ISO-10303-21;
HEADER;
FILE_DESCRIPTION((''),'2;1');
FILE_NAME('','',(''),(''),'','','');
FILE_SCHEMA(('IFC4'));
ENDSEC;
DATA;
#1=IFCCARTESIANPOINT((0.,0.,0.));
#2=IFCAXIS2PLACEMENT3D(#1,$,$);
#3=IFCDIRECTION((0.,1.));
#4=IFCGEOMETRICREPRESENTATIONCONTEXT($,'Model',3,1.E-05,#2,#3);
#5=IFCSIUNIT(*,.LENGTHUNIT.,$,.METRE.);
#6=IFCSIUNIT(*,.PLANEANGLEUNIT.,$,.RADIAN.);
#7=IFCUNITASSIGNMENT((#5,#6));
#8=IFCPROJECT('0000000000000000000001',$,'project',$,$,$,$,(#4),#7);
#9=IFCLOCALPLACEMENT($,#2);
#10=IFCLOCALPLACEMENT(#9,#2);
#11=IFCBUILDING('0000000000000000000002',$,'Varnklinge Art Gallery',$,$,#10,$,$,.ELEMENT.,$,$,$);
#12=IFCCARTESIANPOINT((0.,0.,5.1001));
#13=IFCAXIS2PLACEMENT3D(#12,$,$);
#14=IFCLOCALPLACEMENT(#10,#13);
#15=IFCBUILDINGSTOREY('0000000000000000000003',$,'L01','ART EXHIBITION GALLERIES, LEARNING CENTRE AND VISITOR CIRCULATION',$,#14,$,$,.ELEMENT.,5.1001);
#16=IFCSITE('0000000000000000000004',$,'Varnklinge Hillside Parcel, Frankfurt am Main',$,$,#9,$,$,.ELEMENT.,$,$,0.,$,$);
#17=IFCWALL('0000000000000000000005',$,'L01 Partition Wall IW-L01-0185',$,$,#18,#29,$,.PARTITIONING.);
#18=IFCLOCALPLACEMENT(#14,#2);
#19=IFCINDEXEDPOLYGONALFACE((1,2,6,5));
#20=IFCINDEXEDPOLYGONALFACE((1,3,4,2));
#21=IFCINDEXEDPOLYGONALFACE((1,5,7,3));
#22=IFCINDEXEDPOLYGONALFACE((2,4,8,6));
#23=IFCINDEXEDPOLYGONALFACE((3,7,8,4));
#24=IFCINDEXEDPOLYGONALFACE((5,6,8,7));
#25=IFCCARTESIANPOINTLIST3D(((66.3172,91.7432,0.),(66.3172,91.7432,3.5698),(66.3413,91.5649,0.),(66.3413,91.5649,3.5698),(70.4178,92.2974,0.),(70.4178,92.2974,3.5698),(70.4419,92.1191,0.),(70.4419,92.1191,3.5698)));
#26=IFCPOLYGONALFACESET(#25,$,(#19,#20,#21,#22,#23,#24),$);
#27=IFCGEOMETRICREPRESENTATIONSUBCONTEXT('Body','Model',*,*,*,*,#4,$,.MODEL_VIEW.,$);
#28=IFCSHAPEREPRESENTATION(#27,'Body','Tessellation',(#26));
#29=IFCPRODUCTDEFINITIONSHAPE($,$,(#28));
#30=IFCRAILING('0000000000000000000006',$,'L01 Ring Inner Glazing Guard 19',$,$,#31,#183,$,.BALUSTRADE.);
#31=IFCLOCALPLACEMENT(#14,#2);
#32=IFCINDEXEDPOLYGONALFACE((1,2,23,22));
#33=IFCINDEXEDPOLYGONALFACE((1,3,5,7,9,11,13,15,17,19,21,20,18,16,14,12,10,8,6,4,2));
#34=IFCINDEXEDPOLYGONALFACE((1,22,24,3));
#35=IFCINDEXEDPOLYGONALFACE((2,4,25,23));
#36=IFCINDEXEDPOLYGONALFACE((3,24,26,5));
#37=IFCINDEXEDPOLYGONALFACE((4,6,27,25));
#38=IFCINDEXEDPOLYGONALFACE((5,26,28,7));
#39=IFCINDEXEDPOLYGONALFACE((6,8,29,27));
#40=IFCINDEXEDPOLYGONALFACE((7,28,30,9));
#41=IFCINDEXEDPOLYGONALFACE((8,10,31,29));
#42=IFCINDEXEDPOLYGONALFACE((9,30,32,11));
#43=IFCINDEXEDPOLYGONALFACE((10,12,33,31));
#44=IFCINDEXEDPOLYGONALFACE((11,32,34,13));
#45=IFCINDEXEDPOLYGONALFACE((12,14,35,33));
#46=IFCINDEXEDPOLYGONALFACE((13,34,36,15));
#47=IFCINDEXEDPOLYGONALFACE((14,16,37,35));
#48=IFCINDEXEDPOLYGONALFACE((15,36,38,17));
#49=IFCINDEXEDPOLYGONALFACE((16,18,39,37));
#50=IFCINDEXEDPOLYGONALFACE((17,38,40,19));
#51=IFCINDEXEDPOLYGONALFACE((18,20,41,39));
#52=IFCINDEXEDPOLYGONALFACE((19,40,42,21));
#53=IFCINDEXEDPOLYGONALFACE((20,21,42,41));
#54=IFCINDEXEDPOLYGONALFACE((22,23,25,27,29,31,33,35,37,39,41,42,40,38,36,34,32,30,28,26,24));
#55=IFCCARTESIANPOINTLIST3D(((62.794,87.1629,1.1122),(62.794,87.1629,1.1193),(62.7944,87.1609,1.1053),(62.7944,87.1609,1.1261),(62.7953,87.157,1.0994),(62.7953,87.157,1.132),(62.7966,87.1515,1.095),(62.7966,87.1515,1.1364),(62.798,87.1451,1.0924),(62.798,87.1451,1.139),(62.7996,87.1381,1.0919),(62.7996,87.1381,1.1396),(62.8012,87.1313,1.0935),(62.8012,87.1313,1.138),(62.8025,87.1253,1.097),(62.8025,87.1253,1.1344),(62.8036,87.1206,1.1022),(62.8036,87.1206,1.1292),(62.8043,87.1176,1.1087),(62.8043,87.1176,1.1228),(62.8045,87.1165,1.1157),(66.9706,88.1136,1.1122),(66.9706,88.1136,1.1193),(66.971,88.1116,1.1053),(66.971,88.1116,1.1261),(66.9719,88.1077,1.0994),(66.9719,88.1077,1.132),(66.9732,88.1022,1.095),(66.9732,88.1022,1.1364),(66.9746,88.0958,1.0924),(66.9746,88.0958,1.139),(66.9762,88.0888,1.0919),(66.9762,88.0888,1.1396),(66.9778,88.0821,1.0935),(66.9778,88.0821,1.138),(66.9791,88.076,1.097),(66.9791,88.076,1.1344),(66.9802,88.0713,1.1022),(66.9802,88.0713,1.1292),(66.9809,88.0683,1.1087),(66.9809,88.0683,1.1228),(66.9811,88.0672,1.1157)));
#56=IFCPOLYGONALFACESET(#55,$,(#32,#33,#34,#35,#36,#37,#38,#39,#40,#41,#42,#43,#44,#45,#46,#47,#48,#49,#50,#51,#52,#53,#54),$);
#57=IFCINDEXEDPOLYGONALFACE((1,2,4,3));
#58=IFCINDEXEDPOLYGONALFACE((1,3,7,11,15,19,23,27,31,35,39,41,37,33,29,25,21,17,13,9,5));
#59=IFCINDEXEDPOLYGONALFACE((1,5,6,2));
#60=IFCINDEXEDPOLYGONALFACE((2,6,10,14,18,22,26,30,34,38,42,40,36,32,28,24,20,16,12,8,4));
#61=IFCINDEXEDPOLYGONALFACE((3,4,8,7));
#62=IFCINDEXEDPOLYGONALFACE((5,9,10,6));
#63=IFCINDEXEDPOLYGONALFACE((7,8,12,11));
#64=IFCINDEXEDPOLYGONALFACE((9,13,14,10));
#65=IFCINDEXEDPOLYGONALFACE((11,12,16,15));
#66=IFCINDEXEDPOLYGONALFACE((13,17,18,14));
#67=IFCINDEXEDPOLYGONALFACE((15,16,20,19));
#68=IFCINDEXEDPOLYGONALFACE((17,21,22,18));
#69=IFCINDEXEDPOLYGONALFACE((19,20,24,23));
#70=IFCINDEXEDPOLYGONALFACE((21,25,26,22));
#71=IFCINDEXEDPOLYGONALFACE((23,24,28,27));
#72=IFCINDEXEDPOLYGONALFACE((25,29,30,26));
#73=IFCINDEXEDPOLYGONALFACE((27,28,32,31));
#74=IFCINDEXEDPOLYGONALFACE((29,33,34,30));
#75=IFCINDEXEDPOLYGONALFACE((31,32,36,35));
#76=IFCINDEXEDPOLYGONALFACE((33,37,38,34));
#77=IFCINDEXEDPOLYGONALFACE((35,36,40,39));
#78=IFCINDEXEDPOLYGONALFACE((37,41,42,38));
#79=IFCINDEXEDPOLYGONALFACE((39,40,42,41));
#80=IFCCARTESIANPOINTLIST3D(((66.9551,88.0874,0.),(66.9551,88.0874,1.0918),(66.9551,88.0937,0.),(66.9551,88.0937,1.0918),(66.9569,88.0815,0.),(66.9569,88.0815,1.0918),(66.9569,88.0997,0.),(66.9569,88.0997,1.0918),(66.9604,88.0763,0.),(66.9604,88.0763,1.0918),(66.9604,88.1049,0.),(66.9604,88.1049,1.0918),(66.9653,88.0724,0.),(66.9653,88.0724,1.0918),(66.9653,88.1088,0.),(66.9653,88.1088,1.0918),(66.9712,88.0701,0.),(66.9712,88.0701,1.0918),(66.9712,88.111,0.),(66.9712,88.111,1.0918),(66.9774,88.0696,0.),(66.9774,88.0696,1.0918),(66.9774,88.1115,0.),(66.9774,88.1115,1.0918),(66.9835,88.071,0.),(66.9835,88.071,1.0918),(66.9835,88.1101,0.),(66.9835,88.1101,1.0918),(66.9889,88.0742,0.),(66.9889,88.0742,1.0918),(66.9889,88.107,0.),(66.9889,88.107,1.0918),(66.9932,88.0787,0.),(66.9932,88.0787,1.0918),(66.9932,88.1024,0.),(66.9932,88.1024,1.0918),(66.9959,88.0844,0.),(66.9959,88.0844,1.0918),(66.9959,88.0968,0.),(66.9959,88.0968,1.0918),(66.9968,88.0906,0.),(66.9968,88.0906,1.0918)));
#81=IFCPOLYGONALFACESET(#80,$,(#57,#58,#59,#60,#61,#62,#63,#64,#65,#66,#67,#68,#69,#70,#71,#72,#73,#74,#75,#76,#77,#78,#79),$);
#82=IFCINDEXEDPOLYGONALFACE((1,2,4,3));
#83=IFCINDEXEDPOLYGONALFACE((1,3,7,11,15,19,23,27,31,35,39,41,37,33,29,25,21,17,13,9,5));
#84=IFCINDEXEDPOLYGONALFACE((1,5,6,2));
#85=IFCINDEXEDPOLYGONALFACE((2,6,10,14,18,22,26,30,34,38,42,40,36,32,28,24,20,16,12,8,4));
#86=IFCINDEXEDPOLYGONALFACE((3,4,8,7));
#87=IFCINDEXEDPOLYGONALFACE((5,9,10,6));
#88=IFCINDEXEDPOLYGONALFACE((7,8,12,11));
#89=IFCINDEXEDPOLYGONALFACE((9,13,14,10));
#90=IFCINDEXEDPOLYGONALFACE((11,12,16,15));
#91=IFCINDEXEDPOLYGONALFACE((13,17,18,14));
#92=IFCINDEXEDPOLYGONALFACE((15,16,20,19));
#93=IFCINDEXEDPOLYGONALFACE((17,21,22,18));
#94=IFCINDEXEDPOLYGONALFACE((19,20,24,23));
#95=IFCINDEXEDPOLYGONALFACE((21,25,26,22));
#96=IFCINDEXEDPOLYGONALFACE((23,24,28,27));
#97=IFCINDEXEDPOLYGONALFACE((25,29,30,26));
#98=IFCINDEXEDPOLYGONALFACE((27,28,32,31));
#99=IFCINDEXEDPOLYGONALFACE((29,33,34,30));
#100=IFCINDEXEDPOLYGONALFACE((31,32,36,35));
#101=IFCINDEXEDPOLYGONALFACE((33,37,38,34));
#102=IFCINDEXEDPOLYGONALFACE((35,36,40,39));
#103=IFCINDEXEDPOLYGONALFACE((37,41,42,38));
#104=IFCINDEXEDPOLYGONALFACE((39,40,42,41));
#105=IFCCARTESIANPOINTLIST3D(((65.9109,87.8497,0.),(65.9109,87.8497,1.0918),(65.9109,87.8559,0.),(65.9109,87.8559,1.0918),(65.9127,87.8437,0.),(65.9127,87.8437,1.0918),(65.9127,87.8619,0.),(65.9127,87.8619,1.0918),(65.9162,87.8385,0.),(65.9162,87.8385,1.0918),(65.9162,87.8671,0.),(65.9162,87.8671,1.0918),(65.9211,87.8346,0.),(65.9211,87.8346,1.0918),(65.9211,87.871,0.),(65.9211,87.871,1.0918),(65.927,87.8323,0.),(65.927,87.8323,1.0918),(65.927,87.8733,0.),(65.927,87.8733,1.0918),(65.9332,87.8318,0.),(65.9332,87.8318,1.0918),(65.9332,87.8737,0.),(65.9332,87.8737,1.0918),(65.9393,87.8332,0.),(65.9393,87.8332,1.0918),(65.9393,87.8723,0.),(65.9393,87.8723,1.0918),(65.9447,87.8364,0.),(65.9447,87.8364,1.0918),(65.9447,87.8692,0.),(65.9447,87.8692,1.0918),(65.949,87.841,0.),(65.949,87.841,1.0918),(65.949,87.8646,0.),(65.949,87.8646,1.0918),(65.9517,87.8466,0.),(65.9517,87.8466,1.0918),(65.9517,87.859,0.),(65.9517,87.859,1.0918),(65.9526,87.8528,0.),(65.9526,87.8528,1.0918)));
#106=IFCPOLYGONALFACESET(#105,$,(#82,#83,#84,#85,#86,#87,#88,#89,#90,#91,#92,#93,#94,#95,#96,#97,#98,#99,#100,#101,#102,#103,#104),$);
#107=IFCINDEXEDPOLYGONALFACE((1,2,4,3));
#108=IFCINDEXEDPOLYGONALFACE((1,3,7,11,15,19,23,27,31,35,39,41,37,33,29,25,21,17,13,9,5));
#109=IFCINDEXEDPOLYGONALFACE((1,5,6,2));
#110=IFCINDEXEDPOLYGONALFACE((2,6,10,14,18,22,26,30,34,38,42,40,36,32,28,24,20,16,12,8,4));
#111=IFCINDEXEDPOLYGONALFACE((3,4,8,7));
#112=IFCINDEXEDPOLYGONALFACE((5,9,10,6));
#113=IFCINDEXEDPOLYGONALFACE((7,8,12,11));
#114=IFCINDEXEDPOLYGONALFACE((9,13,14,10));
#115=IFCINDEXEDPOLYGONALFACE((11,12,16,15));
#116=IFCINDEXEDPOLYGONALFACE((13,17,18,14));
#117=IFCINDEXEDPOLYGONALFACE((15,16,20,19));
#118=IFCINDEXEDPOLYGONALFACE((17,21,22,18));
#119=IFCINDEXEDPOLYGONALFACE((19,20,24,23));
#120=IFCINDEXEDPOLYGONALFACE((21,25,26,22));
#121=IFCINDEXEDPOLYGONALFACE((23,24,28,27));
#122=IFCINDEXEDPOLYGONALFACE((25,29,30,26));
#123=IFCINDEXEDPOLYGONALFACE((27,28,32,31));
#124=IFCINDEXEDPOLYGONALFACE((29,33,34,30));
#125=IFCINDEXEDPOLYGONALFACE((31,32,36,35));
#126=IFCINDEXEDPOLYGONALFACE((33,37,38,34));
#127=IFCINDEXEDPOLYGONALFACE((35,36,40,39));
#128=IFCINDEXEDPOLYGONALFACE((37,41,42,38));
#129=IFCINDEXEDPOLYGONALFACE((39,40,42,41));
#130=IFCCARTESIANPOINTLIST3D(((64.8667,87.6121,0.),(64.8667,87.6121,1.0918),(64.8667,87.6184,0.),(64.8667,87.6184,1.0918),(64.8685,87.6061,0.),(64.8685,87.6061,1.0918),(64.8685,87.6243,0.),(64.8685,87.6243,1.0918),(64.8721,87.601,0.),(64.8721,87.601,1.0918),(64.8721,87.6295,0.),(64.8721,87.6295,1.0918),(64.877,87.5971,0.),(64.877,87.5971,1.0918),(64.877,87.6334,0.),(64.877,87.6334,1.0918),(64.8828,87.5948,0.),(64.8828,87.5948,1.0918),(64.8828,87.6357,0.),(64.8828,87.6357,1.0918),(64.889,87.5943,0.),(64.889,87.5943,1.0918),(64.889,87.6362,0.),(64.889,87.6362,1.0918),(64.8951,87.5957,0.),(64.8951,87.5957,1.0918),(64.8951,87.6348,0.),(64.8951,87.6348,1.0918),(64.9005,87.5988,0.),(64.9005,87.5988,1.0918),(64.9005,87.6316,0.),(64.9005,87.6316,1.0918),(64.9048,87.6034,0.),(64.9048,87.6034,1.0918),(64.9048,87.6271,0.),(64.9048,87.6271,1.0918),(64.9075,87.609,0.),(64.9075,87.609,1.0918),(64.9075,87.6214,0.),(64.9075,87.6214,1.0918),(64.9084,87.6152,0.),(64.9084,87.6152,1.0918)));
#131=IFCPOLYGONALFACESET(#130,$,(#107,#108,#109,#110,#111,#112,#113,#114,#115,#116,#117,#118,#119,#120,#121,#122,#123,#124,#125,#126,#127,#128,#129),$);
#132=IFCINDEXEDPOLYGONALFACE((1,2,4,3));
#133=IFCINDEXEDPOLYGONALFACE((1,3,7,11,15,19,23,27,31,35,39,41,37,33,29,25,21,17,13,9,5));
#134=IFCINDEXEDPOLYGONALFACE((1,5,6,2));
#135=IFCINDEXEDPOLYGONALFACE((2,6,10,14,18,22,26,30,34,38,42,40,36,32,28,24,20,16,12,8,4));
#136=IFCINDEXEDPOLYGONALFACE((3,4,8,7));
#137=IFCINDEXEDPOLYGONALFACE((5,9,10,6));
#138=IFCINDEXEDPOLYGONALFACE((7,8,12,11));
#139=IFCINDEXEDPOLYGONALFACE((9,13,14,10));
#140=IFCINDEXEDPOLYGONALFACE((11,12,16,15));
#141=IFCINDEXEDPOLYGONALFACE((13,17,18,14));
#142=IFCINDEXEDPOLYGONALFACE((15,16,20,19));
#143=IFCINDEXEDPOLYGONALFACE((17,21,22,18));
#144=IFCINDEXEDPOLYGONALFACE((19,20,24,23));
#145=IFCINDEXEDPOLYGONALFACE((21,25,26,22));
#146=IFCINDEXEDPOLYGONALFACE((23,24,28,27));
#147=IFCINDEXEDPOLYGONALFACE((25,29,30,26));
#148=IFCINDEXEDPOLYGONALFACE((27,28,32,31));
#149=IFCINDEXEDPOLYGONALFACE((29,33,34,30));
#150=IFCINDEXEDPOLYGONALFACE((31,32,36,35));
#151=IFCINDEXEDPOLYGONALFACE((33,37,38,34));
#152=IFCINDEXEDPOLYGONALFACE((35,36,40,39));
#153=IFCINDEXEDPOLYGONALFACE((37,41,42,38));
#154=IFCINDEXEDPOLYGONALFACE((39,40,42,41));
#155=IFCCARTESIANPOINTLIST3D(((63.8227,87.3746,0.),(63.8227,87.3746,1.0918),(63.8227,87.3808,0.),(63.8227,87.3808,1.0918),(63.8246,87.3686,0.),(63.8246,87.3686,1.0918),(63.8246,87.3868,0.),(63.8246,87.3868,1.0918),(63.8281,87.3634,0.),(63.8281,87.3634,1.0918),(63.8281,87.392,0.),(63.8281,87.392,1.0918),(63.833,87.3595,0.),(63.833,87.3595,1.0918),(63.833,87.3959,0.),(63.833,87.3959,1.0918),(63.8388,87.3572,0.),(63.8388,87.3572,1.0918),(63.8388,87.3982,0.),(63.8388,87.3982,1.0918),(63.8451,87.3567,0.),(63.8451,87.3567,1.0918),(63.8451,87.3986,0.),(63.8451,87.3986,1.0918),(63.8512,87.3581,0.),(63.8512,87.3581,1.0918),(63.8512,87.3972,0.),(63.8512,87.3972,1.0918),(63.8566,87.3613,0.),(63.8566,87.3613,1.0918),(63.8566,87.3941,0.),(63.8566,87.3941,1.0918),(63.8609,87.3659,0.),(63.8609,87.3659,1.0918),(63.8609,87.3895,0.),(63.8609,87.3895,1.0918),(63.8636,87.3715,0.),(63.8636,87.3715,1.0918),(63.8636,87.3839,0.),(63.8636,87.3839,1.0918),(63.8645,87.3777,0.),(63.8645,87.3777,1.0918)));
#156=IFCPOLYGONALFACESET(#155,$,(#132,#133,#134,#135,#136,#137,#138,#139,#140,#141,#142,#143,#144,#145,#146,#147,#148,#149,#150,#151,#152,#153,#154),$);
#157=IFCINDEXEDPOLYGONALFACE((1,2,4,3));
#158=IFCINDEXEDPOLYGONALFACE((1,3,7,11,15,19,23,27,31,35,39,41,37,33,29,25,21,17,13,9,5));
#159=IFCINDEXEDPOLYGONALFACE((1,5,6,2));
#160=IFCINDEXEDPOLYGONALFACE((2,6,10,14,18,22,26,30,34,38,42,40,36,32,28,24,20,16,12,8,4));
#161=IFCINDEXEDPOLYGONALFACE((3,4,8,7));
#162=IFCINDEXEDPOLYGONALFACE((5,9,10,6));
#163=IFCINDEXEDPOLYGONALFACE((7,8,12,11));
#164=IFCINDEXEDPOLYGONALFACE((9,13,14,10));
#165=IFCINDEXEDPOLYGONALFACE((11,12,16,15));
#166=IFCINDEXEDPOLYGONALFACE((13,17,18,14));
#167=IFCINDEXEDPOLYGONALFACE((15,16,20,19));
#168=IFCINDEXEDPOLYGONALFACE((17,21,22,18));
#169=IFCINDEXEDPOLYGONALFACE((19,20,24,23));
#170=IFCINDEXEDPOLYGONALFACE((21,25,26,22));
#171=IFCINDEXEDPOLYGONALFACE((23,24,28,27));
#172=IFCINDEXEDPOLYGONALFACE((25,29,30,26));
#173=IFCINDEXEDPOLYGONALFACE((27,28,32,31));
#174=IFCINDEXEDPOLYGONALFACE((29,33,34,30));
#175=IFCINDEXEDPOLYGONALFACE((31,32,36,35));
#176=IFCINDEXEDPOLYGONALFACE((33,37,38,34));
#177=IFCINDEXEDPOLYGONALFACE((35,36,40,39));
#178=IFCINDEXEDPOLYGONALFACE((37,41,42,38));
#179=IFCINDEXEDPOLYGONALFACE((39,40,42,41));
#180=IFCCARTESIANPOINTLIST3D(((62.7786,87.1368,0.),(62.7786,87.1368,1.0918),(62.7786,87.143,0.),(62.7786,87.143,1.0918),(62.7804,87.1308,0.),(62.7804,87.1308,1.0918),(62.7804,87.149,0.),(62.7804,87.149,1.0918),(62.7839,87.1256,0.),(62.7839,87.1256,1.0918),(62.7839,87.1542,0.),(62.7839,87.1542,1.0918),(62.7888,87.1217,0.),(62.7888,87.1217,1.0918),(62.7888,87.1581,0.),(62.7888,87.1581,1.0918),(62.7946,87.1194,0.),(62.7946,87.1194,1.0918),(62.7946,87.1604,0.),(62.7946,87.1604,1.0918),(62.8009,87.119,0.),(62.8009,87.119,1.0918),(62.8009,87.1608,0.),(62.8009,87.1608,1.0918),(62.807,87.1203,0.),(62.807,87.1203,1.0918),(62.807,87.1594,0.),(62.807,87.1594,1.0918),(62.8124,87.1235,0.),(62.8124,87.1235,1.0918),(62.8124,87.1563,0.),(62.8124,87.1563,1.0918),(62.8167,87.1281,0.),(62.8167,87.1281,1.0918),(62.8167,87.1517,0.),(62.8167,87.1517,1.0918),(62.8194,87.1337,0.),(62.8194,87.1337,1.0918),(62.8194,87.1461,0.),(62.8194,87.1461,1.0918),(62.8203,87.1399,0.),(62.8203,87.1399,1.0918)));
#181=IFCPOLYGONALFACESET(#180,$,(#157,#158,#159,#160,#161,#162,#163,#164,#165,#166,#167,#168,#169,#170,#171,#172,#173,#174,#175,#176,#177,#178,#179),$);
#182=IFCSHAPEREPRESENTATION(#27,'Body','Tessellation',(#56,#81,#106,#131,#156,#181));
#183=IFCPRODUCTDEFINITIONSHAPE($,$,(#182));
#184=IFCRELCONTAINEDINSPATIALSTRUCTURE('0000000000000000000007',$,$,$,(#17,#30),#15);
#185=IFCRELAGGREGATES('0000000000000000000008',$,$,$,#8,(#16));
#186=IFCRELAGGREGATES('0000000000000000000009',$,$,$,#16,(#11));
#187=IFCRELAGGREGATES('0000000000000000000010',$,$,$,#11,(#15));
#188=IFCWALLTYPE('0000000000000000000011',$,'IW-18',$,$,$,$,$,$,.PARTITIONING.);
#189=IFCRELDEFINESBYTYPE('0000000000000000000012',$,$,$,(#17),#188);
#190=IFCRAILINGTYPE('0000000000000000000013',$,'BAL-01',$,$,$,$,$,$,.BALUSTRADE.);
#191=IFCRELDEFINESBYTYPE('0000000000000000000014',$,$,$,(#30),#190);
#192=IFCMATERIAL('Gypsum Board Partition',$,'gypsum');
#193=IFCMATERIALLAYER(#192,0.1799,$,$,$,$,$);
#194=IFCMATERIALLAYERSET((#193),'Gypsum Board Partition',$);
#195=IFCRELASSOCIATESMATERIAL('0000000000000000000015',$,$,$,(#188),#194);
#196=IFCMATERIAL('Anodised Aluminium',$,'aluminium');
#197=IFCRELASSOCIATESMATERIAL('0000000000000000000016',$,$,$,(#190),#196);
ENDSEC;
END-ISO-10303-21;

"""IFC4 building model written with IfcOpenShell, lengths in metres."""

from ifc_helpers import new_model, si_unit, direction, frame, frame_2d, origin, origin_2d, place, context, subcontext, project, spatial, rectangle, circle, extrude, material, layer, layer_set, type_object, element, save


model = new_model("IFC4")

# Units and contexts
model_context = context("Model", 3, precision=1e-05, world=origin(), true_north=direction((0.0, 1.0)))
body_context = subcontext(model_context, "Body", "Model", "MODEL_VIEW")
ifc_project = project(units=[si_unit("LENGTHUNIT", "METRE"), si_unit("PLANEANGLEUNIT", "RADIAN")], contexts=[model_context])

# Site, building, storey
site_placement = place(None, origin())
site = spatial("IfcSite", under=ifc_project, at=site_placement, Name="Varnklinge Hillside Parcel, Frankfurt am Main", CompositionType="ELEMENT", RefElevation=0.0)
building_placement = place(site_placement, origin())
building = spatial("IfcBuilding", under=site, at=building_placement, Name="Varnklinge Art Gallery", CompositionType="ELEMENT")
storey_placement = place(building_placement, frame((0.0, 0.0, 5.1001)))
storey = spatial("IfcBuildingStorey", under=building, at=storey_placement, Name="L01", Description="ART EXHIBITION GALLERIES, LEARNING CENTRE AND VISITOR CIRCULATION", CompositionType="ELEMENT", Elevation=5.1001)

# Wall
ifc_material_1 = material(Name="Gypsum Board Partition", Category="gypsum")
ifc_layer_1 = layer(ifc_material_1, 0.1799)
ifc_layer_set_1 = layer_set([ifc_layer_1], Name="Gypsum Board Partition")
wall_type = type_object("IfcWallType", Name="IW-18", PredefinedType="PARTITIONING", material=ifc_layer_set_1)
wall_placement = place(storey_placement, frame((66.3293, 91.6541, 0.0), z_axis=(0.0, 0.0, 1.0), x_axis=(0.99099, 0.133934, 0.0)))
element("IfcWall", 1, at=wall_placement, inside=storey, type_object=wall_type, Name="L01 Partition Wall IW-L01-0185", PredefinedType="PARTITIONING", context=body_context, shape_type="SweptSolid", body=[
    extrude(rectangle(XDim=4.1379, YDim=0.1799, at=frame_2d((2.0688, 0.0))), origin(), (0.0, 0.0, 1.0), 3.5698),
])

# Railing
ifc_material_2 = material(Name="Anodised Aluminium", Category="aluminium")
railing_type = type_object("IfcRailingType", Name="BAL-01", PredefinedType="BALUSTRADE", material=ifc_material_2)
railing_1_placement = place(storey_placement, frame((66.9758, 88.0906, 0.0)))
element("IfcRailing", 2, at=railing_1_placement, inside=storey, type_object=railing_type, Name="L01 Ring Inner Glazing Guard 19", PredefinedType="BALUSTRADE", context=body_context, shape_type="SweptSolid", body=[
    extrude(circle(Radius=0.0239, at=origin_2d()), frame((0.0, 0.0, 1.1157), z_axis=(-0.975058, -0.221949, 0.0), x_axis=(0.221949, -0.975058, 0.0)), (0.0, 0.0, 1.0), 4.2834),
    extrude(circle(Radius=0.021, at=origin_2d()), origin(), (0.0, 0.0, 1.0), 1.0918),
    extrude(circle(Radius=0.021, at=origin_2d()), frame((-1.0442, -0.2378, 0.0)), (0.0, 0.0, 1.0), 1.0918),
    extrude(circle(Radius=0.021, at=origin_2d()), frame((-2.0884, -0.4753, 0.0)), (0.0, 0.0, 1.0), 1.0918),
    extrude(circle(Radius=0.021, at=origin_2d()), frame((-3.1323, -0.7129, 0.0)), (0.0, 0.0, 1.0), 1.0918),
    extrude(circle(Radius=0.021, at=origin_2d()), frame((-4.1765, -0.9507, 0.0)), (0.0, 0.0, 1.0), 1.0918),
])

save(model, "model.ifc")
